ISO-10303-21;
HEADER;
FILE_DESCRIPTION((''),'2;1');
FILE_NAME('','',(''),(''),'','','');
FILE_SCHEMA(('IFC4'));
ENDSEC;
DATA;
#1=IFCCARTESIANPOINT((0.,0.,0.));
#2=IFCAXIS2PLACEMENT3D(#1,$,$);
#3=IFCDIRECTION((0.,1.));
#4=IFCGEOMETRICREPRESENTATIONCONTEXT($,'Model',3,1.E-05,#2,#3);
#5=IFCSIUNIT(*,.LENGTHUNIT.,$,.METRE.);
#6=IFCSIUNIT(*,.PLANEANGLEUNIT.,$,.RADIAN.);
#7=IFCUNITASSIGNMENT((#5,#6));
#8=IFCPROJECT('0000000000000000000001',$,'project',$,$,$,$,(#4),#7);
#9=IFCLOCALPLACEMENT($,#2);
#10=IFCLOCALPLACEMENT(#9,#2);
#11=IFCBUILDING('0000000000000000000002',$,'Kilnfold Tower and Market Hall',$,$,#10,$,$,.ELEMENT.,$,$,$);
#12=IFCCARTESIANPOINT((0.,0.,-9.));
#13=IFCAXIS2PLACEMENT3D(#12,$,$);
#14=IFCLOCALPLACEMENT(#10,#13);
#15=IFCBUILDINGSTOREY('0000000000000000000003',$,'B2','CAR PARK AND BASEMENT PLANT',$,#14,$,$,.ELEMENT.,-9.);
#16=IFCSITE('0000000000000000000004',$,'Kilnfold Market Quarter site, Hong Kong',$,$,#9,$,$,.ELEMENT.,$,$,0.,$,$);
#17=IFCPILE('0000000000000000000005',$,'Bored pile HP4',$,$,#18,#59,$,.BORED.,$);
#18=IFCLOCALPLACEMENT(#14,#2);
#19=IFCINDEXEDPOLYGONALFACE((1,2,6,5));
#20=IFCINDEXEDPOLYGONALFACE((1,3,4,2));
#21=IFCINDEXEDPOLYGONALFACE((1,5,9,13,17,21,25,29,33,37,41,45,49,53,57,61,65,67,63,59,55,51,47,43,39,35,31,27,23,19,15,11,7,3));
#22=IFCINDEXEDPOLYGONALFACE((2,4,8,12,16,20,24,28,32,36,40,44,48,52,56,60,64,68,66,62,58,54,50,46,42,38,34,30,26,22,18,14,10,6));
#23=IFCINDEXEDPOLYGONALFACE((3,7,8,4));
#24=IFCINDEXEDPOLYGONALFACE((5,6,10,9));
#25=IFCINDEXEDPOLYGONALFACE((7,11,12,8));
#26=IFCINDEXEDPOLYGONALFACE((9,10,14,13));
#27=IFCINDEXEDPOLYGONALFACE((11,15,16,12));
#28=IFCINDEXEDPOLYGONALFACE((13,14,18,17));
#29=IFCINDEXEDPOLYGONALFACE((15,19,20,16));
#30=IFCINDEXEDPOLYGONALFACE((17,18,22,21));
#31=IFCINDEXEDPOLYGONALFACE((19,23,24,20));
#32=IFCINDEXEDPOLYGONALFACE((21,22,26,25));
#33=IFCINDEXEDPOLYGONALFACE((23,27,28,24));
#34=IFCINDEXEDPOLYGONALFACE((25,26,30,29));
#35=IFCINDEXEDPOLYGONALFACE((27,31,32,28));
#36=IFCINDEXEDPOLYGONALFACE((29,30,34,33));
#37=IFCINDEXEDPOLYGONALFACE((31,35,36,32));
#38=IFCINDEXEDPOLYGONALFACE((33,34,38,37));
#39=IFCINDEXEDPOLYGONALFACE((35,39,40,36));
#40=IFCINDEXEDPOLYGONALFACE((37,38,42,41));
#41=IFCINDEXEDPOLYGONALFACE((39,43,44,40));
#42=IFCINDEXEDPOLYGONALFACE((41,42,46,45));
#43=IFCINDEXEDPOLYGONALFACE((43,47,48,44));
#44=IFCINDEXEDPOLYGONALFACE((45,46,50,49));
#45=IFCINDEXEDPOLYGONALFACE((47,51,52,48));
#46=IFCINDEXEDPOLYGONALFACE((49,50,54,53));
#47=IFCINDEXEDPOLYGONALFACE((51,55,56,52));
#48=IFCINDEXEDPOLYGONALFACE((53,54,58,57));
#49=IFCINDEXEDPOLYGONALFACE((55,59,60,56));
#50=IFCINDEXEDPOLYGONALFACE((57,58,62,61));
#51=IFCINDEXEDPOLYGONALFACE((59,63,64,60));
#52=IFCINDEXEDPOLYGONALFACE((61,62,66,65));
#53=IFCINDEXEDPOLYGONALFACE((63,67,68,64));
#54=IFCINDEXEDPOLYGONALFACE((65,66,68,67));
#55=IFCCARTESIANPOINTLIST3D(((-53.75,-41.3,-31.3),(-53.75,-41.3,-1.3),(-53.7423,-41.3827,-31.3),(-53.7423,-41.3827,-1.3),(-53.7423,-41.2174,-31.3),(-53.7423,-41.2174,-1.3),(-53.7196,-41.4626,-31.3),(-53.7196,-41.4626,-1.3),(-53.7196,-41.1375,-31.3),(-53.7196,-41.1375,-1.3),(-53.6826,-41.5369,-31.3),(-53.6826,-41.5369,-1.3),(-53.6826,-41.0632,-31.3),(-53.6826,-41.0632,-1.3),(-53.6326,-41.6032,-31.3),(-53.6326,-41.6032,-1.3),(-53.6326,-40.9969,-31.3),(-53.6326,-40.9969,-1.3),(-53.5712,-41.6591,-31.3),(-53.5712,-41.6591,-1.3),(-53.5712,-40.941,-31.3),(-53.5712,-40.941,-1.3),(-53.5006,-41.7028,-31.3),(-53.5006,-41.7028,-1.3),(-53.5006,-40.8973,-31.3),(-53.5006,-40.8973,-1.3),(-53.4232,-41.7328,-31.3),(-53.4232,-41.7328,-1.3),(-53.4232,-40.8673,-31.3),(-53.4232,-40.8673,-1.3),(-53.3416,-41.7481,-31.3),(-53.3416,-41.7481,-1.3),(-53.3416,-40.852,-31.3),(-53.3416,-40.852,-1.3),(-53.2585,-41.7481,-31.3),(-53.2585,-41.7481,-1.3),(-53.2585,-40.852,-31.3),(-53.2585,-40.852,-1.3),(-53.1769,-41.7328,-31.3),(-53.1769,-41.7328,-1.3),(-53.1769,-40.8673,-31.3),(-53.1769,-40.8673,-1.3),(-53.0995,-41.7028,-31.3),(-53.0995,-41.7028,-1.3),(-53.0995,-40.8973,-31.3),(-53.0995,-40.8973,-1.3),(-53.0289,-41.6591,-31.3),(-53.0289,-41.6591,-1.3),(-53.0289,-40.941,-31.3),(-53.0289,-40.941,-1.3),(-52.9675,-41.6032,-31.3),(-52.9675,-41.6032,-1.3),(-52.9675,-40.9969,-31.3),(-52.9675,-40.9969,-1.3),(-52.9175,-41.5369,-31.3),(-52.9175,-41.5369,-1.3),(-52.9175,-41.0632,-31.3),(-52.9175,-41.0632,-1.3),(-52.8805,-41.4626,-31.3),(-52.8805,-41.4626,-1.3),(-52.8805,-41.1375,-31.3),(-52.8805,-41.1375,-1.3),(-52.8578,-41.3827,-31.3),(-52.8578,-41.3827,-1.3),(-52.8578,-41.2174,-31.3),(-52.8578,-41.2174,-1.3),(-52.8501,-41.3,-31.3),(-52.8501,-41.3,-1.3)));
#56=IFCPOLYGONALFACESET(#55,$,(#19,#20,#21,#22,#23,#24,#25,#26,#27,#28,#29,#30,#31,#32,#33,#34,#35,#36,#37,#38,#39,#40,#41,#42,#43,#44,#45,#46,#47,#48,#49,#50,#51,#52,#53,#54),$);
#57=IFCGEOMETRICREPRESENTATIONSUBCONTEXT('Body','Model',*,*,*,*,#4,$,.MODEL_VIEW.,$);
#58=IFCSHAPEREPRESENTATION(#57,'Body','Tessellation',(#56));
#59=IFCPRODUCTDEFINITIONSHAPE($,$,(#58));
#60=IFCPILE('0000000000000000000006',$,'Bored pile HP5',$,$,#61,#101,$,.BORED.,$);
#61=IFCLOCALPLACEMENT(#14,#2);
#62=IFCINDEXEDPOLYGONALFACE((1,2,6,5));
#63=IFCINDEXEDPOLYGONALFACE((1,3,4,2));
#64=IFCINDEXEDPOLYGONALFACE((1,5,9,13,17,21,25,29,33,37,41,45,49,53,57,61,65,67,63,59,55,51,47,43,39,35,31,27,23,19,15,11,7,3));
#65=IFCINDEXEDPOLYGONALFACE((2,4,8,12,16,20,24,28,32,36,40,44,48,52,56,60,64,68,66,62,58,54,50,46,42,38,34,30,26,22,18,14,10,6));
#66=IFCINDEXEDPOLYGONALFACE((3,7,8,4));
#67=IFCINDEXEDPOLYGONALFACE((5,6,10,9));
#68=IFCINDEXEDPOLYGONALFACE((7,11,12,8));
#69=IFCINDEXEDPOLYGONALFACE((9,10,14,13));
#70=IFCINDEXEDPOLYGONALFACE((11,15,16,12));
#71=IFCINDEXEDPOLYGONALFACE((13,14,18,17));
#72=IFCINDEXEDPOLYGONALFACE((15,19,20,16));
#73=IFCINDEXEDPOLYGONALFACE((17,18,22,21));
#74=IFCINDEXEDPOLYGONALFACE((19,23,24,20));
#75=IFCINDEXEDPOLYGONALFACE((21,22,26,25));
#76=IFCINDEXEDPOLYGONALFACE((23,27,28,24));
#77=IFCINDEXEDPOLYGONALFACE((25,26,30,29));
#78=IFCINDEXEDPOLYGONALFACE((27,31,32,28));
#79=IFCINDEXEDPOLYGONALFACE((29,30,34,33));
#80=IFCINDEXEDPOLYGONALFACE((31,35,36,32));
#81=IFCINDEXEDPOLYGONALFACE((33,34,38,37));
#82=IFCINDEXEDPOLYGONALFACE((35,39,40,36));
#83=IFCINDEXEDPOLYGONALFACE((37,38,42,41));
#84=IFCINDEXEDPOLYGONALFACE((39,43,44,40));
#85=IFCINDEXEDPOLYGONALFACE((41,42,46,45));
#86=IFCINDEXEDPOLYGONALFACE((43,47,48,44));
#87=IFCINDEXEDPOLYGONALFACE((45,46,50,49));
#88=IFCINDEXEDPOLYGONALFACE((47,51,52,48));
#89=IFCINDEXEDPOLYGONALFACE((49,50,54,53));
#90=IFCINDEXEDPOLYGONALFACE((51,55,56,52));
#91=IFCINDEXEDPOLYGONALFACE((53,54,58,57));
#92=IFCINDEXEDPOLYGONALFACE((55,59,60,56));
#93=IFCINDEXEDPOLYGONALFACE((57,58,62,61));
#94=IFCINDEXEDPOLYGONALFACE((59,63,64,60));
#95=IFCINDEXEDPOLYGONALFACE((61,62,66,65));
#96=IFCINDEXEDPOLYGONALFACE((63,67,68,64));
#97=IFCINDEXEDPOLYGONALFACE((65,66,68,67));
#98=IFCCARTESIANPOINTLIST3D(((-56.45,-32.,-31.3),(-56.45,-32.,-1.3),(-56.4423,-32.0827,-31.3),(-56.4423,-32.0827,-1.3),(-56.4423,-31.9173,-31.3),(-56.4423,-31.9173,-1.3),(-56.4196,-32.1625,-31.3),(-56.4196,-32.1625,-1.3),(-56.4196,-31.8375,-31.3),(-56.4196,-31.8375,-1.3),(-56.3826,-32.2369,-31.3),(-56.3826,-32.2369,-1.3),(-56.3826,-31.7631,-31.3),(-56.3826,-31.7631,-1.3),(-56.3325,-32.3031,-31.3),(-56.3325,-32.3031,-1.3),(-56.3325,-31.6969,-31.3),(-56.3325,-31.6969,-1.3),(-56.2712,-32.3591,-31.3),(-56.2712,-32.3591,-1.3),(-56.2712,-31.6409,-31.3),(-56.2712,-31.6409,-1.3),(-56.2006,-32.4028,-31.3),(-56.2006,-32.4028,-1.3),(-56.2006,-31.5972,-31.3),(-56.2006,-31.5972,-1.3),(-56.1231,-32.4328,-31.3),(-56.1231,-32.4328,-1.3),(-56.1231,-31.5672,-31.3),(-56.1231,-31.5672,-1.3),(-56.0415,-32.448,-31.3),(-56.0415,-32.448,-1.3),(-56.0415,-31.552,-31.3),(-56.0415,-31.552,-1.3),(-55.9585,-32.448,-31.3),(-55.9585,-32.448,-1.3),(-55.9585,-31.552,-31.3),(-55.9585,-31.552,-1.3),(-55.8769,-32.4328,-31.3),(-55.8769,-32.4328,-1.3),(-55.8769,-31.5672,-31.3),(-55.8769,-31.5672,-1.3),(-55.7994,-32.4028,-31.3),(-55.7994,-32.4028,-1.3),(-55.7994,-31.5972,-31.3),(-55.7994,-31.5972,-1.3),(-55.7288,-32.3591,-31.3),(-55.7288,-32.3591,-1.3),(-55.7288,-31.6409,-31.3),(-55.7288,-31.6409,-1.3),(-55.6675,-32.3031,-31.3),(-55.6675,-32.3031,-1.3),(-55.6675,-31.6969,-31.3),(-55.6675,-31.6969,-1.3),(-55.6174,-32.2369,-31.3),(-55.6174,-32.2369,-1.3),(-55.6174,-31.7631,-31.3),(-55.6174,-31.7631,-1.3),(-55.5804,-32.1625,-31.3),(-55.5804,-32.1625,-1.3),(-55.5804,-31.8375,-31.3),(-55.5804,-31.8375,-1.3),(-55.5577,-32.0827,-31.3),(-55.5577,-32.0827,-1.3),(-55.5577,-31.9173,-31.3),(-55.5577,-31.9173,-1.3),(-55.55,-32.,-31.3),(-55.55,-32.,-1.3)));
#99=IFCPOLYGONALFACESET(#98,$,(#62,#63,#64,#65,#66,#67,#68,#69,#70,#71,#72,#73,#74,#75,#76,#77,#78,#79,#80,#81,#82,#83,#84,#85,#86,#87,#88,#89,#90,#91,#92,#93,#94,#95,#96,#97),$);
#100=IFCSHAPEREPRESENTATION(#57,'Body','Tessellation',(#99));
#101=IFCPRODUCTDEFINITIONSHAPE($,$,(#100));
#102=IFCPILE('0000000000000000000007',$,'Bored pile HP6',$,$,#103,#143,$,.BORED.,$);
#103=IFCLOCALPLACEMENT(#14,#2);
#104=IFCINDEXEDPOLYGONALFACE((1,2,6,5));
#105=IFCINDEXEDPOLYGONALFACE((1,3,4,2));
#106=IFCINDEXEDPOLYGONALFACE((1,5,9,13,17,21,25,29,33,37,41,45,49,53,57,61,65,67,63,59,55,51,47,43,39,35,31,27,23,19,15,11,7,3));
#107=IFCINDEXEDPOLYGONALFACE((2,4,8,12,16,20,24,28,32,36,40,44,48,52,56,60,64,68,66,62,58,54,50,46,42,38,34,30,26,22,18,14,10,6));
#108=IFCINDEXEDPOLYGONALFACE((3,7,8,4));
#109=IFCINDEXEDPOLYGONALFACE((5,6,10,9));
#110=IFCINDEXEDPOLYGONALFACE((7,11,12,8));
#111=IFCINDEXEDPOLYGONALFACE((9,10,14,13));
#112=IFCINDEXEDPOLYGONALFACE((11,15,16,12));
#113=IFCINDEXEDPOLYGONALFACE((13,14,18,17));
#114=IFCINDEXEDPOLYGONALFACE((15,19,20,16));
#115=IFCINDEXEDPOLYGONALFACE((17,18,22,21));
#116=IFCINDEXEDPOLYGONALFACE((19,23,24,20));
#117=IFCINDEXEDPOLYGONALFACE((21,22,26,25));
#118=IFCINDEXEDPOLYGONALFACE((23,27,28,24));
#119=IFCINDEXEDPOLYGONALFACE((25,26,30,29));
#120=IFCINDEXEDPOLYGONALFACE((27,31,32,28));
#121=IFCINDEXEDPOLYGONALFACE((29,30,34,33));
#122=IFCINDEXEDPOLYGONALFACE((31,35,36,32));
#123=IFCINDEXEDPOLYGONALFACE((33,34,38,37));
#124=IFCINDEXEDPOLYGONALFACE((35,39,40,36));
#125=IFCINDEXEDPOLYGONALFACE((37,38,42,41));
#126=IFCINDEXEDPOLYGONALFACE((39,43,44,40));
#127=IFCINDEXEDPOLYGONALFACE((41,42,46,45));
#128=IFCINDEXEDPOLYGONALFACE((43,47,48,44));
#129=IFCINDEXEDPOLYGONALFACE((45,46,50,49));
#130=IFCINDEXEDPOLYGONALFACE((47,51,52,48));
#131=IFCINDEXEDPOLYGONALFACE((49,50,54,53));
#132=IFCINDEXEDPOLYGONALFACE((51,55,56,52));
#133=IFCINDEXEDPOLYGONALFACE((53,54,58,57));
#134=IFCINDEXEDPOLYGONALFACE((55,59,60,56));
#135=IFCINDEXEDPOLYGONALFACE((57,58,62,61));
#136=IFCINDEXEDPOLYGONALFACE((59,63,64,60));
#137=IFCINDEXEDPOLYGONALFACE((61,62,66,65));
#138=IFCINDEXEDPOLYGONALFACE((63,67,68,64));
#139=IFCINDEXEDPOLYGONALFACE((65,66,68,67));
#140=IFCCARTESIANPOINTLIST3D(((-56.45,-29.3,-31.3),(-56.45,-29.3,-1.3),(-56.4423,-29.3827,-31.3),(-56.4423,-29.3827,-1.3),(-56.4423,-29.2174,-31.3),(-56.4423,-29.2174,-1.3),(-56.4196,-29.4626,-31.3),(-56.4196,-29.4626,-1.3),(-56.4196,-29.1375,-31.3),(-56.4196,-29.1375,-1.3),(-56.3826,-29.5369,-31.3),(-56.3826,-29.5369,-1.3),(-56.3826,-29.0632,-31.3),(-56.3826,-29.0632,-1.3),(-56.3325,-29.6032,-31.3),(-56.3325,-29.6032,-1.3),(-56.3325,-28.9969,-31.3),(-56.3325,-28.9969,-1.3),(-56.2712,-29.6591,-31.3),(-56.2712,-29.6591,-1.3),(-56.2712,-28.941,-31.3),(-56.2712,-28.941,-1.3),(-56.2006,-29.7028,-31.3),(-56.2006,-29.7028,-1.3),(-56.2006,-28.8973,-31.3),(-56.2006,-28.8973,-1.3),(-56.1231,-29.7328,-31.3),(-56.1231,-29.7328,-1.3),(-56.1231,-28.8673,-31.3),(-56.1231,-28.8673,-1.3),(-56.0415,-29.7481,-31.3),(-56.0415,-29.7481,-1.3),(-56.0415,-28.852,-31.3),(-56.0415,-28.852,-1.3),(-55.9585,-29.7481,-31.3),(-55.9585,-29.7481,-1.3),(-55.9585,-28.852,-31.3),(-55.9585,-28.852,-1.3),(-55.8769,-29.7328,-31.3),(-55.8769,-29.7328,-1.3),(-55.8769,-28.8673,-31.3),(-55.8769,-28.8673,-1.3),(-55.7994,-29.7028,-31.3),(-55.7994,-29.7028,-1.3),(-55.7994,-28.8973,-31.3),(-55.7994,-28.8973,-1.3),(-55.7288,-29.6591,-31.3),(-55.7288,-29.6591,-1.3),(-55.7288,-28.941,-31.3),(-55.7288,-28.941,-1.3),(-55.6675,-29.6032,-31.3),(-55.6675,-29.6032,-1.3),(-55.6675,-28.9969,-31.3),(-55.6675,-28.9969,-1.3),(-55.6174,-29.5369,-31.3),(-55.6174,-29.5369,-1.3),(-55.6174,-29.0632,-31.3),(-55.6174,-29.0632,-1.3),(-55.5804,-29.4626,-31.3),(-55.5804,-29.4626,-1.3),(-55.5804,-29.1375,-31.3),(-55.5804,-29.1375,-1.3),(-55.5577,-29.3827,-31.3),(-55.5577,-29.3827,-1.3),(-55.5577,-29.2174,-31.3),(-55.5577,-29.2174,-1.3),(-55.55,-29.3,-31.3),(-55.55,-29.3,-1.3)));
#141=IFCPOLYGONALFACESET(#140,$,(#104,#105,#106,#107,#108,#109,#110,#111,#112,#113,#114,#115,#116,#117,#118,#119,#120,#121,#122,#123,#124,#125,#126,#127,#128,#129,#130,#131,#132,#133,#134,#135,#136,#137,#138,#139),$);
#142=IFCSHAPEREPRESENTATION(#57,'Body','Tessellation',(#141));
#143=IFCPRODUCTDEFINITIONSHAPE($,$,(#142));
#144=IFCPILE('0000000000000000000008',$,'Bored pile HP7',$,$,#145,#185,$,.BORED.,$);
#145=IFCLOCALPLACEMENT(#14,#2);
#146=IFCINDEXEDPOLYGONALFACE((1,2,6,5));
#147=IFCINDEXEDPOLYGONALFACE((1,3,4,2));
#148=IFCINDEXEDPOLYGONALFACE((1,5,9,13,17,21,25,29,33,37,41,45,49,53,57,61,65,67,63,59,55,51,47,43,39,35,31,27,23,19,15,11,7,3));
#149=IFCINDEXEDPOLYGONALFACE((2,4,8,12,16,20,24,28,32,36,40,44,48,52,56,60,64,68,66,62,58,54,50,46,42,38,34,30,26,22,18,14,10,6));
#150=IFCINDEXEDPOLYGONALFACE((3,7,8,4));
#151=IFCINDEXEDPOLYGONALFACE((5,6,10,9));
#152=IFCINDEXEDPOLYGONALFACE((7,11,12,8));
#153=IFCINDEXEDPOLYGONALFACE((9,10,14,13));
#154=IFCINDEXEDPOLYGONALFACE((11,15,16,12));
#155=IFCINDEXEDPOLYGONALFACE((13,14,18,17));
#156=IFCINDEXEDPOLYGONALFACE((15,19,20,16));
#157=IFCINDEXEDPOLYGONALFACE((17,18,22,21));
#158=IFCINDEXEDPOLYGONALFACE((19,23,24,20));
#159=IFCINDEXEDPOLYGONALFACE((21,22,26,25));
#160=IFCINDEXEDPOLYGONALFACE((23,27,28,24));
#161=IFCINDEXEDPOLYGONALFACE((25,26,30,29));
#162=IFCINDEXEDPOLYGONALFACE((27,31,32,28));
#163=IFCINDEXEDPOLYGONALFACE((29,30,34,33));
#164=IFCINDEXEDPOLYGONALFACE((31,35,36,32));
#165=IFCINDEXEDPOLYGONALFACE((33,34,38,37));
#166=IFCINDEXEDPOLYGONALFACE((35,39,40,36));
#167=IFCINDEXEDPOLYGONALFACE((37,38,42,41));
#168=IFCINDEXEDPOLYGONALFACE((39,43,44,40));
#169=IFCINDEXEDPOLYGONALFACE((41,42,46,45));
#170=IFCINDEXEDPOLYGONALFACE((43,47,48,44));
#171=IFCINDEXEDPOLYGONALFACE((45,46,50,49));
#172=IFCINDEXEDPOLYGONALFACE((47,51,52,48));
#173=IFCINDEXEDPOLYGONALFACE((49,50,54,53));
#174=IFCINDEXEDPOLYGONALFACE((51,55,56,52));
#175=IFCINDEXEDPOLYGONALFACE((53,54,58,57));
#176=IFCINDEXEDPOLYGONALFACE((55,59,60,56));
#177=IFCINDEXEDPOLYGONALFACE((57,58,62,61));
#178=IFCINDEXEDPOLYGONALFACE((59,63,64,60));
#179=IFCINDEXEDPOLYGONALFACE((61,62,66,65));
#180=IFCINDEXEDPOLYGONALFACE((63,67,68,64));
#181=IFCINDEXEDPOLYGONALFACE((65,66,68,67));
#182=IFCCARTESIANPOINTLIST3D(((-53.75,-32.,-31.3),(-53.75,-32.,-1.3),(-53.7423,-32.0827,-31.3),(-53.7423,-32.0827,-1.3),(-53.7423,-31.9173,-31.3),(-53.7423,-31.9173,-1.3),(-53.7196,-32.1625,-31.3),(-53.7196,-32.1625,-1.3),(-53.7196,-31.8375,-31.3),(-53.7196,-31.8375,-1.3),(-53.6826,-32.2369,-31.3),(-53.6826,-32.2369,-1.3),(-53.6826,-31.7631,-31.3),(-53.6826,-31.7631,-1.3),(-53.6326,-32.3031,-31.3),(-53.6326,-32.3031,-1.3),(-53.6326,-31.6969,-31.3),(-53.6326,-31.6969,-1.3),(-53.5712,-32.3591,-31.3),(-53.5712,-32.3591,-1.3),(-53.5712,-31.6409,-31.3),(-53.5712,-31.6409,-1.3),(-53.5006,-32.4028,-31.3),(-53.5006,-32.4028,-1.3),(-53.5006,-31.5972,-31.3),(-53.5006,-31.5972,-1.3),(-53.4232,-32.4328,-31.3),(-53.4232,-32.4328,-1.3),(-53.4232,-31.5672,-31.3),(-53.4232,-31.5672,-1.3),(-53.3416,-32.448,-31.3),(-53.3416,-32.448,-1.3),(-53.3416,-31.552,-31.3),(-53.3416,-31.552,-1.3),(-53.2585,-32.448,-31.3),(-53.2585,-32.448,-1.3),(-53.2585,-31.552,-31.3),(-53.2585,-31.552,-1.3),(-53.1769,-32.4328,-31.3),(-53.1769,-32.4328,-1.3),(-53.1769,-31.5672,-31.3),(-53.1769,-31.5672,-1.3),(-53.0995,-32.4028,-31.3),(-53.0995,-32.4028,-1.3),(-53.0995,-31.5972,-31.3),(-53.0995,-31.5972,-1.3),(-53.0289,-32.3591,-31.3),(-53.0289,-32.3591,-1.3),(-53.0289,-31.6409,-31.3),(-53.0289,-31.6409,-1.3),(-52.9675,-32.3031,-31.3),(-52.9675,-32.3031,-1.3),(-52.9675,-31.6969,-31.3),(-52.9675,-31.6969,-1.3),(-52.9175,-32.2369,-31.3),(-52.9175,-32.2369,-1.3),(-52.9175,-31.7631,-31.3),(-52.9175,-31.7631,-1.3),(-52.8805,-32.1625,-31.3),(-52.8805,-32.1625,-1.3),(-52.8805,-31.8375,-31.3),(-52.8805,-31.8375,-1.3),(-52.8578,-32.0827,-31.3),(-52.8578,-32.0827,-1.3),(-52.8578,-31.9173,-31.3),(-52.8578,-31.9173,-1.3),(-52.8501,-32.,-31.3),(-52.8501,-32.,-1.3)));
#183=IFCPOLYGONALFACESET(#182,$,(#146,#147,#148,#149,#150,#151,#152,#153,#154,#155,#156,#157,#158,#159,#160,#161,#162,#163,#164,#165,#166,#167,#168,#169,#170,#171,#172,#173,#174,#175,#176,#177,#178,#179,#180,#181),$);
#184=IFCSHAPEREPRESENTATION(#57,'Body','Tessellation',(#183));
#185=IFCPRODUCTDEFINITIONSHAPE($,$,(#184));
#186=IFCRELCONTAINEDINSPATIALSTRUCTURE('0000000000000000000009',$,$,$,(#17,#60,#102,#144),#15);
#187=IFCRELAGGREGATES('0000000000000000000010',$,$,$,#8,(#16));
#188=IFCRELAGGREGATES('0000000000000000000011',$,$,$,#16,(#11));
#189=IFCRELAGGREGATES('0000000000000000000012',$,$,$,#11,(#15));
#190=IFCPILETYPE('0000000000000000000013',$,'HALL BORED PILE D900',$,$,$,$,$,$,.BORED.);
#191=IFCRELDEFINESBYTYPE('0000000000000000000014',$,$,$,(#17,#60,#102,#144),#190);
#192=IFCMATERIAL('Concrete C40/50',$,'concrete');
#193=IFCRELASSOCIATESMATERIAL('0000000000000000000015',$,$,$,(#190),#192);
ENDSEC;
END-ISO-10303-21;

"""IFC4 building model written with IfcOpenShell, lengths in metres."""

from ifc_helpers import new_model, si_unit, direction, frame, origin, origin_2d, place, context, subcontext, project, spatial, circle, extrude, source, transform, mapped, material, material_profile, profile_set, type_object, element, save


model = new_model("IFC4")

# Units and contexts
model_context = context("Model", 3, precision=1e-05, world=origin(), true_north=direction((0.0, 1.0)))
body_context = subcontext(model_context, "Body", "Model", "MODEL_VIEW")
ifc_project = project(units=[si_unit("LENGTHUNIT", "METRE"), si_unit("PLANEANGLEUNIT", "RADIAN")], contexts=[model_context])

# Site, building, storey
site_placement = place(None, origin())
site = spatial("IfcSite", under=ifc_project, at=site_placement, Name="Kilnfold Market Quarter site, Hong Kong", CompositionType="ELEMENT", RefElevation=0.0)
building_placement = place(site_placement, origin())
building = spatial("IfcBuilding", under=site, at=building_placement, Name="Kilnfold Tower and Market Hall", CompositionType="ELEMENT")
storey_placement = place(building_placement, frame((0.0, 0.0, -9.0)))
storey = spatial("IfcBuildingStorey", under=building, at=storey_placement, Name="B2", Description="CAR PARK AND BASEMENT PLANT", CompositionType="ELEMENT", Elevation=-9.0)

# Piles
ifc_material_1 = material(Name="Concrete C40/50", Category="concrete")
ifc_material_profile_1 = material_profile(ifc_material_1, circle(Radius=0.45, at=origin_2d()), Name="D900")
ifc_profile_set_1 = profile_set([ifc_material_profile_1], Name="Concrete C40/50")
pile_type = type_object("IfcPileType", Name="HALL BORED PILE D900", PredefinedType="BORED", material=ifc_profile_set_1)
shared_shape_1 = source(origin(), body_context, "Body", "SweptSolid", [
    extrude(circle(Radius=0.45, at=origin_2d()), origin(), (0.0, 0.0, 1.0), 30.0),
])
for number, where, z_axis, x_axis, name in (
    (1, (-53.3, -41.3, -1.3), (0.0, 0.0, -1.0), (1.0, 0.0, 0.0), "Bored pile HP4"),
    (2, (-56.0, -32.0, -1.3), (0.0, 0.0, -1.0), (1.0, 0.0, 0.0), "Bored pile HP5"),
    (3, (-56.0, -29.3, -1.3), (0.0, 0.0, -1.0), (1.0, 0.0, 0.0), "Bored pile HP6"),
    (4, (-53.3, -32.0, -1.3), (0.0, 0.0, -1.0), (1.0, 0.0, 0.0), "Bored pile HP7"),
):
    element("IfcPile", number, at=place(storey_placement, frame(where, z_axis=z_axis, x_axis=x_axis)), inside=storey, type_object=pile_type, Name=name, PredefinedType="BORED", context=body_context, shape_type="MappedRepresentation", body=[
        mapped(shared_shape_1, transform((0.0, 0.0, 0.0))),
    ])

save(model, "model.ifc")
